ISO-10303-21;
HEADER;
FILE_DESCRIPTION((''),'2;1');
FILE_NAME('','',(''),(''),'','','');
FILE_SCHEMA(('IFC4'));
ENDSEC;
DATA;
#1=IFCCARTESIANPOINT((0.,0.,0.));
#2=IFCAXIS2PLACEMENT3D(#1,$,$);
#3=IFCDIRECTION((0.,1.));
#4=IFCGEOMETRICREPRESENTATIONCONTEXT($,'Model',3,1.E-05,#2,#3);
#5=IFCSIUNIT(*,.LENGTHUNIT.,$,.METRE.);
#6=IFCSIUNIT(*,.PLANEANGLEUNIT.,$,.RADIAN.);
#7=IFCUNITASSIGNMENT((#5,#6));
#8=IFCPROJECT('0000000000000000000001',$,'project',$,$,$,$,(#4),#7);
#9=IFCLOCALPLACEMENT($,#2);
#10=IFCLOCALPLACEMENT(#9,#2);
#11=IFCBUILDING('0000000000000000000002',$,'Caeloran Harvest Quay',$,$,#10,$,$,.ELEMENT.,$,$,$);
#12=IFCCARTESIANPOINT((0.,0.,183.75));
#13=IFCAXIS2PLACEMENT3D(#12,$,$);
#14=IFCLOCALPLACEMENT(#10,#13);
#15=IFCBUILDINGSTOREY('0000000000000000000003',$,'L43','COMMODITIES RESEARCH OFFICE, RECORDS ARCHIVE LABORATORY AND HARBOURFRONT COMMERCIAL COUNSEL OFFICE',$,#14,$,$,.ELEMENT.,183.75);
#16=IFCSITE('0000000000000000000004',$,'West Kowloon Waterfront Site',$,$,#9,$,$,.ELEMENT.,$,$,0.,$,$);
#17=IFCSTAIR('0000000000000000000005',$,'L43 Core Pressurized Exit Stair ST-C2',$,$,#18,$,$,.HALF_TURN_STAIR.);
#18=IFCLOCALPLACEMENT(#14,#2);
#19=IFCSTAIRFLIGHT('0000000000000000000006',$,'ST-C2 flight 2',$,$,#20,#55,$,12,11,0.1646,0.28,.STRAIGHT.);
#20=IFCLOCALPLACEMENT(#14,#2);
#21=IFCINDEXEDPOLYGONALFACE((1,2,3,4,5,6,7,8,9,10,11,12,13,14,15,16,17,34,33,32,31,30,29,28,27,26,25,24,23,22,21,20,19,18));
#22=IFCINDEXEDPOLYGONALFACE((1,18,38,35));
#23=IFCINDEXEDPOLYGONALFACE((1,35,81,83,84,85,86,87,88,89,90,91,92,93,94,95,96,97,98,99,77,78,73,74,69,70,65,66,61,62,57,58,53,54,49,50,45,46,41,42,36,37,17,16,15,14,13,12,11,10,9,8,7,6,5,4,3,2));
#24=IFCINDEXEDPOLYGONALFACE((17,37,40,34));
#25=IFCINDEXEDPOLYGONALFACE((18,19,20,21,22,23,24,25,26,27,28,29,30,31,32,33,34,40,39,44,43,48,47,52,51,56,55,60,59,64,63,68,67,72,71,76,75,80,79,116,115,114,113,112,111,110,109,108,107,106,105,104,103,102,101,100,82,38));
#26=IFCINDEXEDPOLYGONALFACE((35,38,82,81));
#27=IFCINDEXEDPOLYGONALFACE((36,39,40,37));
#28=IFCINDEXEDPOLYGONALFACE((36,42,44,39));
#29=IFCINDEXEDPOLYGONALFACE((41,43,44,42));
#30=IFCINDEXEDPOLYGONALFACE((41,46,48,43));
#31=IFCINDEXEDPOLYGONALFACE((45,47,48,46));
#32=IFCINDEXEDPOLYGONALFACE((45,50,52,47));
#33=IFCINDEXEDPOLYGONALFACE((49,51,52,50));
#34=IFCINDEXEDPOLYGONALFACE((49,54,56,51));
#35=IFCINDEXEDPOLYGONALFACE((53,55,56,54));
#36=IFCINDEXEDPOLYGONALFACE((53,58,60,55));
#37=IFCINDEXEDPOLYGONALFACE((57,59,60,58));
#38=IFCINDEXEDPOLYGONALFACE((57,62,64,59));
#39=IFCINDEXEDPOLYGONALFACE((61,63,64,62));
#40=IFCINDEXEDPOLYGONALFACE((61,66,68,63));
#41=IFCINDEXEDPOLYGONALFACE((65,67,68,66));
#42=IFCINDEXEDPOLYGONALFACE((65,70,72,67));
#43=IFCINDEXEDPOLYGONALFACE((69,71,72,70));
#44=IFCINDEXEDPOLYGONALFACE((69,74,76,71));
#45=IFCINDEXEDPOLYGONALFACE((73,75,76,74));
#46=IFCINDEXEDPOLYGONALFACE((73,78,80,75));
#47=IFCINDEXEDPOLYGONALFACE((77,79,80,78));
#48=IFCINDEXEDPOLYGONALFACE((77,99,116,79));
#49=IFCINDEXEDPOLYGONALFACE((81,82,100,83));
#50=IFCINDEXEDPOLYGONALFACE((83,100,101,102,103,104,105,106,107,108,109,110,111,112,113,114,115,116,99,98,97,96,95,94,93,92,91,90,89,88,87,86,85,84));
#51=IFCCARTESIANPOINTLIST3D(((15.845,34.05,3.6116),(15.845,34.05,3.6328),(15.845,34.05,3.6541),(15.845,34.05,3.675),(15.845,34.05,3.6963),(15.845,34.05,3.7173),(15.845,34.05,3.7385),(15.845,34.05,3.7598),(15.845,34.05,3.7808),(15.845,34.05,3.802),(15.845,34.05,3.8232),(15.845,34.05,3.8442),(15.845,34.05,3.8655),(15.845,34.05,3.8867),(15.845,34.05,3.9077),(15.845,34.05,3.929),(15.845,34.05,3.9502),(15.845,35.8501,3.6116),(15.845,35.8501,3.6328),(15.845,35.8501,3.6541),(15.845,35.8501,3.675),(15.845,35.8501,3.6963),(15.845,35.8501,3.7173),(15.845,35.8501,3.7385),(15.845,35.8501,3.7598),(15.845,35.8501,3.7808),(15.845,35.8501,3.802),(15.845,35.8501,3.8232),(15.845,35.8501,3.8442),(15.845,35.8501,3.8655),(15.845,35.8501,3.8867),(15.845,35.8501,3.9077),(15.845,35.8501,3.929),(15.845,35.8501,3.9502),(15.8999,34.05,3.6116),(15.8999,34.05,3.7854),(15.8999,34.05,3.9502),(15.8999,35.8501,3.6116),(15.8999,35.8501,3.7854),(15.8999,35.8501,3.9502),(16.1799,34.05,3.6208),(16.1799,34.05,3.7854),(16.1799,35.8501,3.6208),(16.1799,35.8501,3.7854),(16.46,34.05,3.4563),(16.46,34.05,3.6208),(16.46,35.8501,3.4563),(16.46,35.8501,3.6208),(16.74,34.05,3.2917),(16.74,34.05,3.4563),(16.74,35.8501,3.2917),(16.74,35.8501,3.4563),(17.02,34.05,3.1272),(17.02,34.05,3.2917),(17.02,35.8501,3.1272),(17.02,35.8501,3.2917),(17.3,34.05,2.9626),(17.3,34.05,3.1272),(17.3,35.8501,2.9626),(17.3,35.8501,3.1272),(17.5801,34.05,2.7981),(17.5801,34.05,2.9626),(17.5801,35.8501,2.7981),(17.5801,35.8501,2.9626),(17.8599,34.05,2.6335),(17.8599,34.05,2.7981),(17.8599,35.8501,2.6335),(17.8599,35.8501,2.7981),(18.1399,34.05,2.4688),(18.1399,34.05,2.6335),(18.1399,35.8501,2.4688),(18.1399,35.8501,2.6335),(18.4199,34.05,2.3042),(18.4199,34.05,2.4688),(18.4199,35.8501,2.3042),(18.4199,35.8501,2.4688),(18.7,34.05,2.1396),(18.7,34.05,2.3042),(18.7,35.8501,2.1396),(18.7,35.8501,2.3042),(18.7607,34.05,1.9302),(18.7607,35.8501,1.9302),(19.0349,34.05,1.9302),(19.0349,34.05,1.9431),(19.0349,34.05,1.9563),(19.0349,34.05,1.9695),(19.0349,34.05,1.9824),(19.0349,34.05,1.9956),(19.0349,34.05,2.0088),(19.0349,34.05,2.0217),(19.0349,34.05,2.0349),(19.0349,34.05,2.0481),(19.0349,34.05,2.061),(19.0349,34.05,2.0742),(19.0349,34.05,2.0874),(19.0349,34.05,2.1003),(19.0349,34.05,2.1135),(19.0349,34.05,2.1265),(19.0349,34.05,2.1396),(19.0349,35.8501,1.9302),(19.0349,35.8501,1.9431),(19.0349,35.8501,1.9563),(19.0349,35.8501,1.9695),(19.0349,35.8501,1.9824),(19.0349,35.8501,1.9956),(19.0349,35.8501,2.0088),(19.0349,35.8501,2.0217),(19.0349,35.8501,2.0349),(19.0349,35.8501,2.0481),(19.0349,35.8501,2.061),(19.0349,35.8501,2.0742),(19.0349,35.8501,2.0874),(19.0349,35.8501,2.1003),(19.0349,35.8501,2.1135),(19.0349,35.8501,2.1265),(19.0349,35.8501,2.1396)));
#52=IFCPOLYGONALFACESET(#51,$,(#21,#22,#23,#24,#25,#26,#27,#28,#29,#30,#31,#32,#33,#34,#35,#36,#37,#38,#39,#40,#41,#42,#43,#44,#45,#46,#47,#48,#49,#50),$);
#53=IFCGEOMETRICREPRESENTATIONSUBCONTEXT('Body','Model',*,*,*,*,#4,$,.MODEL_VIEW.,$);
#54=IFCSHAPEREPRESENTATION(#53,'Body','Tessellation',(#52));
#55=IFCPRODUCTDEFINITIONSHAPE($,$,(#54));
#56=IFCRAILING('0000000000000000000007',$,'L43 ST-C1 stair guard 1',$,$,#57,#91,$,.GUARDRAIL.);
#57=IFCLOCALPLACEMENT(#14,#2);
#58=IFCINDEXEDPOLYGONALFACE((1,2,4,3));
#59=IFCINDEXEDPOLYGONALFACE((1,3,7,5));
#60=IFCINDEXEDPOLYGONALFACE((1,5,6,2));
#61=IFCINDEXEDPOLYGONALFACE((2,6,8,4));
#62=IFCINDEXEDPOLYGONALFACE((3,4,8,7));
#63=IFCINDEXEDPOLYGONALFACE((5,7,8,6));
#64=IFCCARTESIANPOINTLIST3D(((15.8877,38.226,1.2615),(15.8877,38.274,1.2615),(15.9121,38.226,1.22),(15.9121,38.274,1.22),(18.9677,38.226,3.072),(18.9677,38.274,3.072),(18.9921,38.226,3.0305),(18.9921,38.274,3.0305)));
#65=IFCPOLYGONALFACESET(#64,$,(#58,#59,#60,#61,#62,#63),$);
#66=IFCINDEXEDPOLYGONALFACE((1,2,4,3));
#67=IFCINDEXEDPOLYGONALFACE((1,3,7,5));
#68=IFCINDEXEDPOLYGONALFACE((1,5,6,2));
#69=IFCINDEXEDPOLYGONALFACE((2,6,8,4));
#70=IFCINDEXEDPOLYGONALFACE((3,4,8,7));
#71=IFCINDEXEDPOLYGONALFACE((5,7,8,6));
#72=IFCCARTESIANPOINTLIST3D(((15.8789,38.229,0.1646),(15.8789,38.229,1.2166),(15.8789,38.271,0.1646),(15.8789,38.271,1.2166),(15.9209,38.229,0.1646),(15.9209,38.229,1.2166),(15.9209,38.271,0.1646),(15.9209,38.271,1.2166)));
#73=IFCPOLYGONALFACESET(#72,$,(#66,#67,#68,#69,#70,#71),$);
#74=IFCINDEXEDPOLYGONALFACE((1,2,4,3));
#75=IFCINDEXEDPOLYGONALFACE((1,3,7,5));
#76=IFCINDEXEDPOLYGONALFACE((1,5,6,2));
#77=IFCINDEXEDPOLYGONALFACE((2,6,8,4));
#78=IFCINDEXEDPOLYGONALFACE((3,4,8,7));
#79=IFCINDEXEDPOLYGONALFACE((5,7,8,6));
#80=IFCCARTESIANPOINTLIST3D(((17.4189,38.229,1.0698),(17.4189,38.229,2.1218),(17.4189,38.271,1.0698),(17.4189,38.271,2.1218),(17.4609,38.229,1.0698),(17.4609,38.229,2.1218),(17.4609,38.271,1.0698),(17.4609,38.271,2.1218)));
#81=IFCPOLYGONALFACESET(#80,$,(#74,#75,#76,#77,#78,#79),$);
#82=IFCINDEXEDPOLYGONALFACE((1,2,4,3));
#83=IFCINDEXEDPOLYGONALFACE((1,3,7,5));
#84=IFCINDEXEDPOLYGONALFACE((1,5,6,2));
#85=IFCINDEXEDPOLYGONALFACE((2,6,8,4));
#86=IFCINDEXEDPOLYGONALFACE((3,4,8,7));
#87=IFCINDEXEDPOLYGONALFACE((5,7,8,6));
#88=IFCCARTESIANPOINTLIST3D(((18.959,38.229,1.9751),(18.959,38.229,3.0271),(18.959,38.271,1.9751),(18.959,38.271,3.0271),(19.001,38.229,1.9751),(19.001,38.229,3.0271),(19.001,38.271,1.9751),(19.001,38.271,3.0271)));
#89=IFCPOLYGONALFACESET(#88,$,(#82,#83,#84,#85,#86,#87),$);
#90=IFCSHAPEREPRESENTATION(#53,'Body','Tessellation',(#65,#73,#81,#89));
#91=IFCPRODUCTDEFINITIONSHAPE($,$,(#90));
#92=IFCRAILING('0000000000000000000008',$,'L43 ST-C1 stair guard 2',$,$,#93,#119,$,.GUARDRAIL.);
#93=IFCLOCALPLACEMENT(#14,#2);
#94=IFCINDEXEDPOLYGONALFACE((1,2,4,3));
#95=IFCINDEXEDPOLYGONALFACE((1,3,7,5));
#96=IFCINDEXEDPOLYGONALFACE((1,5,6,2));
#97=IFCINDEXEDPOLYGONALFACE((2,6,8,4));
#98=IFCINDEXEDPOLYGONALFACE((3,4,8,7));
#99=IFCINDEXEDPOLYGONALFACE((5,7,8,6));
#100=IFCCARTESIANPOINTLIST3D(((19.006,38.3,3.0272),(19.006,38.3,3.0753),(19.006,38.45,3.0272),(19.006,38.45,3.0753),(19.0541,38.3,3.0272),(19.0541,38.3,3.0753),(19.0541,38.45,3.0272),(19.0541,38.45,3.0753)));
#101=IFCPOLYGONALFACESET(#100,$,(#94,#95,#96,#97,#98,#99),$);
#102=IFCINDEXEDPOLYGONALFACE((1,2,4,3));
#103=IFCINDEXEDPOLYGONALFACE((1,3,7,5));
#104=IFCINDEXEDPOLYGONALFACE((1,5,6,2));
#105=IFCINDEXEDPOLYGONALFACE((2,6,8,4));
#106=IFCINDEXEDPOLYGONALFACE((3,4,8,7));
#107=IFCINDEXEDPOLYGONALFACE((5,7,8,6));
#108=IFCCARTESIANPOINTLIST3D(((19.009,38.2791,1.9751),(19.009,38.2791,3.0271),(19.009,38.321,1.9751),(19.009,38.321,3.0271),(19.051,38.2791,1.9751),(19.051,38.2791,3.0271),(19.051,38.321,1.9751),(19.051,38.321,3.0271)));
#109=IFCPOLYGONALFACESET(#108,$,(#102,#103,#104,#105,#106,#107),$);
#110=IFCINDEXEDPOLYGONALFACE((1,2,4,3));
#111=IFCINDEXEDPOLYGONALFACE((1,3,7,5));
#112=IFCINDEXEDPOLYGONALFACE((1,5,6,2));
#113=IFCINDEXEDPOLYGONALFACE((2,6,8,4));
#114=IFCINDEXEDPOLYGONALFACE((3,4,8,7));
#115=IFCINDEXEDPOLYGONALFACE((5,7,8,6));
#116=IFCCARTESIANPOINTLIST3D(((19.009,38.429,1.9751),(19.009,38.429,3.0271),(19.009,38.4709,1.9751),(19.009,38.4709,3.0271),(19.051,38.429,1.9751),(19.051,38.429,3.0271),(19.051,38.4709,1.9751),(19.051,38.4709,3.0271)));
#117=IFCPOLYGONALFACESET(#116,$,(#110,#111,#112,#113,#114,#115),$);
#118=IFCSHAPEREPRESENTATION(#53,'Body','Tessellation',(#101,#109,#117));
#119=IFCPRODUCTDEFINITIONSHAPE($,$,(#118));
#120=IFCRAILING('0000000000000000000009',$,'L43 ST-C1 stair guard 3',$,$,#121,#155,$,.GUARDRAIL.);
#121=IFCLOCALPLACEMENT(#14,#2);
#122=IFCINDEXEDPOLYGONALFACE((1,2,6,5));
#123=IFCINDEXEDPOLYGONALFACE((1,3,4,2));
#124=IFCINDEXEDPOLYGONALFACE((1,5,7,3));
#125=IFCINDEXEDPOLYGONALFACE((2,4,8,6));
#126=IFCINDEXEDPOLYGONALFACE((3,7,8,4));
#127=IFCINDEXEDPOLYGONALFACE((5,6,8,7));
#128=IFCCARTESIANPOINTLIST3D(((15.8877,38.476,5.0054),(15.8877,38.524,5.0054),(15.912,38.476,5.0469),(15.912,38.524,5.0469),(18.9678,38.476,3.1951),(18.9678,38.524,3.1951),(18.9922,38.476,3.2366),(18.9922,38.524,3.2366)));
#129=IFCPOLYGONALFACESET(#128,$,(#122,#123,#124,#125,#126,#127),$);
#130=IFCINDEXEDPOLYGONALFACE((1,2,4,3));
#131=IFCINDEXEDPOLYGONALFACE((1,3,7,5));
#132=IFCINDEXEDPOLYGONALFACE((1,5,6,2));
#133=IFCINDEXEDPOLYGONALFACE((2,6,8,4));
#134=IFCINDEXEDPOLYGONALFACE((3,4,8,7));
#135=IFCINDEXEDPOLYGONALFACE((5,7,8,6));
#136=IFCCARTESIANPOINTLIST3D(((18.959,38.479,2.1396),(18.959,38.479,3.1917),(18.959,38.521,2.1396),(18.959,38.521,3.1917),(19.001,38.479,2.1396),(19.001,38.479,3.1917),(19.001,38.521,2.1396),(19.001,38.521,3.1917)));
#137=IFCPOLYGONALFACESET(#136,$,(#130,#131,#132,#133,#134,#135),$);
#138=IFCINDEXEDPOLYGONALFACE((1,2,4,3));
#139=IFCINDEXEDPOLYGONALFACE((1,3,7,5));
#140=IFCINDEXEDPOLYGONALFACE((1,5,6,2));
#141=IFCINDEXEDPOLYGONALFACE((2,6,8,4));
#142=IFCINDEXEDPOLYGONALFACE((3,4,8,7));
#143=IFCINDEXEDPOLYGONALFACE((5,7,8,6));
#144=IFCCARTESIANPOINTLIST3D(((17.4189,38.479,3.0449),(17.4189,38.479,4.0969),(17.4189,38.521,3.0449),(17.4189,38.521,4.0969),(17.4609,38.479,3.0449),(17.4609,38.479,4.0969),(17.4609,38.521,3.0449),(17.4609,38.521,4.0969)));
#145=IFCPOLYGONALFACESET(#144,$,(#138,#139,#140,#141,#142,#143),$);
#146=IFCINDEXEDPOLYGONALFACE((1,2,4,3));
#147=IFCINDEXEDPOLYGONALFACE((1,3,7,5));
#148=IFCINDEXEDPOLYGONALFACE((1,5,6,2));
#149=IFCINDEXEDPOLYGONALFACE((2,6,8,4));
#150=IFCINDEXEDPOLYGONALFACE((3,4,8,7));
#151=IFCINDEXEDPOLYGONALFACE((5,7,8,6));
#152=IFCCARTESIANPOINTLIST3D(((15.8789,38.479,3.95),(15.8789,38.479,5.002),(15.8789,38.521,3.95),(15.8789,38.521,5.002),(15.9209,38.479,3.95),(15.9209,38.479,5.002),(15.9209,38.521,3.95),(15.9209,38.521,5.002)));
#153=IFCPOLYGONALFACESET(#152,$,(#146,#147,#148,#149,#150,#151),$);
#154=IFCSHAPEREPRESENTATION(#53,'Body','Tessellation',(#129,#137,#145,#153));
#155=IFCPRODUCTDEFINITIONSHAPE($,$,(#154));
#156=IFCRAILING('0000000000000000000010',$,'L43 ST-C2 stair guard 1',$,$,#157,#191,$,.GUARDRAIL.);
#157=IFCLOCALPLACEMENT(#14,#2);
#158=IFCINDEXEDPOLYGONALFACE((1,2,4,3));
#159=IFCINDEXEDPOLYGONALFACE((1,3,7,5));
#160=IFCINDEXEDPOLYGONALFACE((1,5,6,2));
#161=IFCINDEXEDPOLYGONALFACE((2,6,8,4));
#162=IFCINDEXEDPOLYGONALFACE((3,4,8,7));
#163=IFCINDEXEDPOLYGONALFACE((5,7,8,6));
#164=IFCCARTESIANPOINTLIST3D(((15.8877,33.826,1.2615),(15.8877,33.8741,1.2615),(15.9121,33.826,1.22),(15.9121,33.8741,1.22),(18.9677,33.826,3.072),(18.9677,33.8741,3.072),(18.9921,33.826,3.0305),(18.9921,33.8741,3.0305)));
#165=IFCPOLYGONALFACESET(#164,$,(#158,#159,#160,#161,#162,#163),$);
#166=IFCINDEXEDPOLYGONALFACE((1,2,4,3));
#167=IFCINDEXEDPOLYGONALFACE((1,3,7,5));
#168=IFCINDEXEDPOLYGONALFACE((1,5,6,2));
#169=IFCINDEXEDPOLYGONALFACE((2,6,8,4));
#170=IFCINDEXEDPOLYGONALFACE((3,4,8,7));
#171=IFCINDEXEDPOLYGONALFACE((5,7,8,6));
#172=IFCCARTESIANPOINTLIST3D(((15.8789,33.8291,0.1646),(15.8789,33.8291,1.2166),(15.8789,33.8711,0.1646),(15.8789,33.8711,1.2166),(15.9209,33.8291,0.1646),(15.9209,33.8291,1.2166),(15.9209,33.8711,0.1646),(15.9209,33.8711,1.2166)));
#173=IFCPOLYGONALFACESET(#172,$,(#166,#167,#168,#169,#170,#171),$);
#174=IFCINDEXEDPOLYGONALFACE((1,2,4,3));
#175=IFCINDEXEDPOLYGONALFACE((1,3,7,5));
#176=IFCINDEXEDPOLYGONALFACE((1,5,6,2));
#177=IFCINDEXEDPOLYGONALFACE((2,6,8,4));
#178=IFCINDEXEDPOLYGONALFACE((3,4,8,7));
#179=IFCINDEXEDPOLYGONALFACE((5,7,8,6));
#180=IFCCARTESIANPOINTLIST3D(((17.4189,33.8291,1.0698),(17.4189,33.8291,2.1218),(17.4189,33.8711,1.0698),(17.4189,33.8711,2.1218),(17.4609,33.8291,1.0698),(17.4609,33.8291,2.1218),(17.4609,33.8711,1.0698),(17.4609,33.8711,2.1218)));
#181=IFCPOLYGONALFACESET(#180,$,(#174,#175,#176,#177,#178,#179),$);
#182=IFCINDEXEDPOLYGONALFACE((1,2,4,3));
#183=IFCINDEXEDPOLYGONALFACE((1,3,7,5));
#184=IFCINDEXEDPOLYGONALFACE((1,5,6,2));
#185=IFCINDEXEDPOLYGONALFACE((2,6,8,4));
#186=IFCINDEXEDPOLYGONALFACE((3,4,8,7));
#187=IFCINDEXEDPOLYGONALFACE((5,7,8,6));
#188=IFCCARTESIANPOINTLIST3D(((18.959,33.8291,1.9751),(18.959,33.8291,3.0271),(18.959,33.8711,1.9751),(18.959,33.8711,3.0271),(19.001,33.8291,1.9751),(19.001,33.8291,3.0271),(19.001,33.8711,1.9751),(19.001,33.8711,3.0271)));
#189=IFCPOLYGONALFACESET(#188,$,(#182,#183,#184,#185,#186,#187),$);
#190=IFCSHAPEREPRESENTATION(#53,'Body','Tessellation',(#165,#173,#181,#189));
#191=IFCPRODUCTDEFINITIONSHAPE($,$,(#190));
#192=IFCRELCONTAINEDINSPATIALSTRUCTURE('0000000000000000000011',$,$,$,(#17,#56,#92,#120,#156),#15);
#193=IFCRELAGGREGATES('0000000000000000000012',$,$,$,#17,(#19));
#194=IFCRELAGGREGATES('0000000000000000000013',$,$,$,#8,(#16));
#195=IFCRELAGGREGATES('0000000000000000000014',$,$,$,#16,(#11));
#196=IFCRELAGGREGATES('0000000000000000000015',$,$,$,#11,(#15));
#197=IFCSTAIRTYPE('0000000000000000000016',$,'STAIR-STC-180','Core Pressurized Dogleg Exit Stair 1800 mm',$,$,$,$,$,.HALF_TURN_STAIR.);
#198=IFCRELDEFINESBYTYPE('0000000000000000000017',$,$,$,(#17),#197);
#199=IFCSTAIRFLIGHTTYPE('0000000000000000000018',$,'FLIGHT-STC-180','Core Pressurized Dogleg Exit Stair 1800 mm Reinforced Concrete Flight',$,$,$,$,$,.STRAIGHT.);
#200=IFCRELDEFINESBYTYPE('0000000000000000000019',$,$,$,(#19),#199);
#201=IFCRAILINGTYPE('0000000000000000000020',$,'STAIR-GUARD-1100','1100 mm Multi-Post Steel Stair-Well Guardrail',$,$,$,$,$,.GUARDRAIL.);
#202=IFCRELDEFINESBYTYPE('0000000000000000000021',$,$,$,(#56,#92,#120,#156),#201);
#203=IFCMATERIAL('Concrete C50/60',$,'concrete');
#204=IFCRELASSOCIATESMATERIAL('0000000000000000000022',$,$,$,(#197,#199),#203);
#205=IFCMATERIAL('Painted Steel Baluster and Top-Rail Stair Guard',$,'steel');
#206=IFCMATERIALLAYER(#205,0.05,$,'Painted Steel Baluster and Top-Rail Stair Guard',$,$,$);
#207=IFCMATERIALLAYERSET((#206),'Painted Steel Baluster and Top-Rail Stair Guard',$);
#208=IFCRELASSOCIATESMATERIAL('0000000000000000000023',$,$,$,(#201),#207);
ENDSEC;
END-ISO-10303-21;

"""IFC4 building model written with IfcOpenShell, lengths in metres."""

from ifc_helpers import new_model, si_unit, direction, frame, origin, origin_2d, place, context, subcontext, project, spatial, polyline, rectangle, outline, extrude, material, layer, layer_set, type_object, element, aggregate, save


model = new_model("IFC4")

# Units and contexts
model_context = context("Model", 3, precision=1e-05, world=origin(), true_north=direction((0.0, 1.0)))
body_context = subcontext(model_context, "Body", "Model", "MODEL_VIEW")
ifc_project = project(units=[si_unit("LENGTHUNIT", "METRE"), si_unit("PLANEANGLEUNIT", "RADIAN")], contexts=[model_context])

# Site, building, storey
site_placement = place(None, origin())
site = spatial("IfcSite", under=ifc_project, at=site_placement, Name="West Kowloon Waterfront Site", CompositionType="ELEMENT", RefElevation=0.0)
building_placement = place(site_placement, origin())
building = spatial("IfcBuilding", under=site, at=building_placement, Name="Caeloran Harvest Quay", CompositionType="ELEMENT")
storey_placement = place(building_placement, frame((0.0, 0.0, 183.75)))
storey = spatial("IfcBuildingStorey", under=building, at=storey_placement, Name="L43", Description="COMMODITIES RESEARCH OFFICE, RECORDS ARCHIVE LABORATORY AND HARBOURFRONT COMMERCIAL COUNSEL OFFICE", CompositionType="ELEMENT", Elevation=183.75)

# Shared definitions
ifc_material_1 = material(Name="Concrete C50/60", Category="concrete")

# Shared definitions
stair_type = type_object("IfcStairType", Name="STAIR-STC-180", Description="Core Pressurized Dogleg Exit Stair 1800 mm", PredefinedType="HALF_TURN_STAIR", material=ifc_material_1)
stair_flight_type = type_object("IfcStairFlightType", Name="FLIGHT-STC-180", Description="Core Pressurized Dogleg Exit Stair 1800 mm Reinforced Concrete Flight", PredefinedType="STRAIGHT", material=ifc_material_1)

# Stair, stair flight
stair_1_placement = place(storey_placement, origin())
stair_1 = element("IfcStair", 1, at=stair_1_placement, inside=storey, type_object=stair_type, Name="L43 Core Pressurized Exit Stair ST-C2", PredefinedType="HALF_TURN_STAIR")
stair_flight_1_placement = place(storey_placement, frame((18.98, 34.95, 1.9751), z_axis=(0.0, 0.0, 1.0), x_axis=(-1.0, 0.0, 0.0)))
stair_flight_1 = element("IfcStairFlight", 2, at=stair_flight_1_placement, type_object=stair_flight_type, Name="ST-C2 flight 2", NumberOfRisers=12, NumberOfTreads=11, PredefinedType="STRAIGHT", RiserHeight=0.1646, TreadLength=0.28, context=body_context, shape_type="SweptSolid", body=[
    extrude(outline(polyline([(-0.0549, -0.0449), (-0.0549, -0.032), (-0.0549, -0.0188), (-0.0549, -0.0056), (-0.0549, 0.0073), (-0.0549, 0.0205), (-0.0549, 0.0337), (-0.0549, 0.0466), (-0.0549, 0.0598), (-0.0549, 0.073), (-0.0549, 0.0859), (-0.0549, 0.0991), (-0.0549, 0.1123), (-0.0549, 0.1252), (-0.0549, 0.1384), (-0.0549, 0.1514), (-0.0549, 0.1646), (0.28, 0.1646), (0.28, 0.3291), (0.5601, 0.3291), (0.5601, 0.4937), (0.8401, 0.4937), (0.8401, 0.6584), (1.1201, 0.6584), (1.1201, 0.823), (1.3999, 0.823), (1.3999, 0.9875), (1.6799, 0.9875), (1.6799, 1.1521), (1.96, 1.1521), (1.96, 1.3167), (2.24, 1.3167), (2.24, 1.4812), (2.52, 1.4812), (2.52, 1.6458), (2.8, 1.6458), (2.8, 1.8103), (3.0801, 1.8103), (3.0801, 1.9751), (3.135, 1.9751), (3.135, 1.9539), (3.135, 1.9326), (3.135, 1.9116), (3.135, 1.8904), (3.135, 1.8691), (3.135, 1.8481), (3.135, 1.8269), (3.135, 1.8057), (3.135, 1.7847), (3.135, 1.7634), (3.135, 1.7422), (3.135, 1.7212), (3.135, 1.7), (3.135, 1.679), (3.135, 1.6577), (3.135, 1.6365), (3.0801, 1.6365), (0.2192, -0.0449), (-0.0549, -0.0449)])), frame((0.0, 0.8999, 0.0), z_axis=(0.0, -1.0, 0.0), x_axis=(1.0, 0.0, 0.0)), (0.0, 0.0, 1.0), 1.8),
])
aggregate(stair_1, [stair_flight_1])

# Railings
ifc_material_2 = material(Name="Painted Steel Baluster and Top-Rail Stair Guard", Category="steel")
ifc_layer_1 = layer(ifc_material_2, 0.05, Name="Painted Steel Baluster and Top-Rail Stair Guard")
ifc_layer_set_1 = layer_set([ifc_layer_1], Name="Painted Steel Baluster and Top-Rail Stair Guard")
railing_type_1 = type_object("IfcRailingType", Name="STAIR-GUARD-1100", Description="1100 mm Multi-Post Steel Stair-Well Guardrail", PredefinedType="GUARDRAIL", material=ifc_layer_set_1)
railing_1_placement = place(storey_placement, frame((15.8999, 38.25, 0.1646)))
element("IfcRailing", 3, at=railing_1_placement, inside=storey, type_object=railing_type_1, Name="L43 ST-C1 stair guard 1", PredefinedType="GUARDRAIL", context=body_context, shape_type="SweptSolid", body=[
    extrude(rectangle(XDim=0.0481, YDim=0.0481, at=origin_2d()), frame((0.0, 0.0, 1.0762), z_axis=(0.862089, 0.0, 0.506757), x_axis=(0.0, 1.0, 0.0)), (0.0, 0.0, 1.0), 3.5728),
    extrude(rectangle(XDim=0.042, YDim=0.042, at=origin_2d()), origin(), (0.0, 0.0, 1.0), 1.052),
    extrude(rectangle(XDim=0.042, YDim=0.042, at=origin_2d()), frame((1.54, 0.0, 0.9053)), (0.0, 0.0, 1.0), 1.052),
    extrude(rectangle(XDim=0.042, YDim=0.042, at=origin_2d()), frame((3.0801, 0.0, 1.8105)), (0.0, 0.0, 1.0), 1.052),
])
railing_2_placement = place(storey_placement, frame((19.03, 38.3, 1.9751)))
element("IfcRailing", 4, at=railing_2_placement, inside=storey, type_object=railing_type_1, Name="L43 ST-C1 stair guard 2", PredefinedType="GUARDRAIL", context=body_context, shape_type="SweptSolid", body=[
    extrude(rectangle(XDim=0.0481, YDim=0.0481, at=origin_2d()), frame((0.0, 0.0, 1.0762), z_axis=(0.0, 1.0, 0.0), x_axis=(-1.0, 0.0, 0.0)), (0.0, 0.0, 1.0), 0.1499),
    extrude(rectangle(XDim=0.042, YDim=0.042, at=origin_2d()), origin(), (0.0, 0.0, 1.0), 1.052),
    extrude(rectangle(XDim=0.042, YDim=0.042, at=origin_2d()), frame((0.0, 0.1499, 0.0)), (0.0, 0.0, 1.0), 1.052),
])
railing_3_placement = place(storey_placement, frame((18.98, 38.5, 2.1396)))
element("IfcRailing", 5, at=railing_3_placement, inside=storey, type_object=railing_type_1, Name="L43 ST-C1 stair guard 3", PredefinedType="GUARDRAIL", context=body_context, shape_type="SweptSolid", body=[
    extrude(rectangle(XDim=0.0481, YDim=0.0481, at=origin_2d()), frame((0.0, 0.0, 1.0762), z_axis=(-0.862119, 0.0, 0.506707), x_axis=(0.0, -1.0, 0.0)), (0.0, 0.0, 1.0), 3.5728),
    extrude(rectangle(XDim=0.042, YDim=0.042, at=origin_2d()), origin(), (0.0, 0.0, 1.0), 1.052),
    extrude(rectangle(XDim=0.042, YDim=0.042, at=origin_2d()), frame((-1.54, 0.0, 0.9053)), (0.0, 0.0, 1.0), 1.052),
    extrude(rectangle(XDim=0.042, YDim=0.042, at=origin_2d()), frame((-3.0801, 0.0, 1.8103)), (0.0, 0.0, 1.0), 1.052),
])
railing_4_placement = place(storey_placement, frame((15.8999, 33.8501, 0.1646)))
element("IfcRailing", 6, at=railing_4_placement, inside=storey, type_object=railing_type_1, Name="L43 ST-C2 stair guard 1", PredefinedType="GUARDRAIL", context=body_context, shape_type="SweptSolid", body=[
    extrude(rectangle(XDim=0.0481, YDim=0.0481, at=origin_2d()), frame((0.0, 0.0, 1.0762), z_axis=(0.862089, 0.0, 0.506757), x_axis=(0.0, 1.0, 0.0)), (0.0, 0.0, 1.0), 3.5728),
    extrude(rectangle(XDim=0.042, YDim=0.042, at=origin_2d()), origin(), (0.0, 0.0, 1.0), 1.052),
    extrude(rectangle(XDim=0.042, YDim=0.042, at=origin_2d()), frame((1.54, 0.0, 0.9053)), (0.0, 0.0, 1.0), 1.052),
    extrude(rectangle(XDim=0.042, YDim=0.042, at=origin_2d()), frame((3.0801, 0.0, 1.8105)), (0.0, 0.0, 1.0), 1.052),
])

save(model, "model.ifc")
